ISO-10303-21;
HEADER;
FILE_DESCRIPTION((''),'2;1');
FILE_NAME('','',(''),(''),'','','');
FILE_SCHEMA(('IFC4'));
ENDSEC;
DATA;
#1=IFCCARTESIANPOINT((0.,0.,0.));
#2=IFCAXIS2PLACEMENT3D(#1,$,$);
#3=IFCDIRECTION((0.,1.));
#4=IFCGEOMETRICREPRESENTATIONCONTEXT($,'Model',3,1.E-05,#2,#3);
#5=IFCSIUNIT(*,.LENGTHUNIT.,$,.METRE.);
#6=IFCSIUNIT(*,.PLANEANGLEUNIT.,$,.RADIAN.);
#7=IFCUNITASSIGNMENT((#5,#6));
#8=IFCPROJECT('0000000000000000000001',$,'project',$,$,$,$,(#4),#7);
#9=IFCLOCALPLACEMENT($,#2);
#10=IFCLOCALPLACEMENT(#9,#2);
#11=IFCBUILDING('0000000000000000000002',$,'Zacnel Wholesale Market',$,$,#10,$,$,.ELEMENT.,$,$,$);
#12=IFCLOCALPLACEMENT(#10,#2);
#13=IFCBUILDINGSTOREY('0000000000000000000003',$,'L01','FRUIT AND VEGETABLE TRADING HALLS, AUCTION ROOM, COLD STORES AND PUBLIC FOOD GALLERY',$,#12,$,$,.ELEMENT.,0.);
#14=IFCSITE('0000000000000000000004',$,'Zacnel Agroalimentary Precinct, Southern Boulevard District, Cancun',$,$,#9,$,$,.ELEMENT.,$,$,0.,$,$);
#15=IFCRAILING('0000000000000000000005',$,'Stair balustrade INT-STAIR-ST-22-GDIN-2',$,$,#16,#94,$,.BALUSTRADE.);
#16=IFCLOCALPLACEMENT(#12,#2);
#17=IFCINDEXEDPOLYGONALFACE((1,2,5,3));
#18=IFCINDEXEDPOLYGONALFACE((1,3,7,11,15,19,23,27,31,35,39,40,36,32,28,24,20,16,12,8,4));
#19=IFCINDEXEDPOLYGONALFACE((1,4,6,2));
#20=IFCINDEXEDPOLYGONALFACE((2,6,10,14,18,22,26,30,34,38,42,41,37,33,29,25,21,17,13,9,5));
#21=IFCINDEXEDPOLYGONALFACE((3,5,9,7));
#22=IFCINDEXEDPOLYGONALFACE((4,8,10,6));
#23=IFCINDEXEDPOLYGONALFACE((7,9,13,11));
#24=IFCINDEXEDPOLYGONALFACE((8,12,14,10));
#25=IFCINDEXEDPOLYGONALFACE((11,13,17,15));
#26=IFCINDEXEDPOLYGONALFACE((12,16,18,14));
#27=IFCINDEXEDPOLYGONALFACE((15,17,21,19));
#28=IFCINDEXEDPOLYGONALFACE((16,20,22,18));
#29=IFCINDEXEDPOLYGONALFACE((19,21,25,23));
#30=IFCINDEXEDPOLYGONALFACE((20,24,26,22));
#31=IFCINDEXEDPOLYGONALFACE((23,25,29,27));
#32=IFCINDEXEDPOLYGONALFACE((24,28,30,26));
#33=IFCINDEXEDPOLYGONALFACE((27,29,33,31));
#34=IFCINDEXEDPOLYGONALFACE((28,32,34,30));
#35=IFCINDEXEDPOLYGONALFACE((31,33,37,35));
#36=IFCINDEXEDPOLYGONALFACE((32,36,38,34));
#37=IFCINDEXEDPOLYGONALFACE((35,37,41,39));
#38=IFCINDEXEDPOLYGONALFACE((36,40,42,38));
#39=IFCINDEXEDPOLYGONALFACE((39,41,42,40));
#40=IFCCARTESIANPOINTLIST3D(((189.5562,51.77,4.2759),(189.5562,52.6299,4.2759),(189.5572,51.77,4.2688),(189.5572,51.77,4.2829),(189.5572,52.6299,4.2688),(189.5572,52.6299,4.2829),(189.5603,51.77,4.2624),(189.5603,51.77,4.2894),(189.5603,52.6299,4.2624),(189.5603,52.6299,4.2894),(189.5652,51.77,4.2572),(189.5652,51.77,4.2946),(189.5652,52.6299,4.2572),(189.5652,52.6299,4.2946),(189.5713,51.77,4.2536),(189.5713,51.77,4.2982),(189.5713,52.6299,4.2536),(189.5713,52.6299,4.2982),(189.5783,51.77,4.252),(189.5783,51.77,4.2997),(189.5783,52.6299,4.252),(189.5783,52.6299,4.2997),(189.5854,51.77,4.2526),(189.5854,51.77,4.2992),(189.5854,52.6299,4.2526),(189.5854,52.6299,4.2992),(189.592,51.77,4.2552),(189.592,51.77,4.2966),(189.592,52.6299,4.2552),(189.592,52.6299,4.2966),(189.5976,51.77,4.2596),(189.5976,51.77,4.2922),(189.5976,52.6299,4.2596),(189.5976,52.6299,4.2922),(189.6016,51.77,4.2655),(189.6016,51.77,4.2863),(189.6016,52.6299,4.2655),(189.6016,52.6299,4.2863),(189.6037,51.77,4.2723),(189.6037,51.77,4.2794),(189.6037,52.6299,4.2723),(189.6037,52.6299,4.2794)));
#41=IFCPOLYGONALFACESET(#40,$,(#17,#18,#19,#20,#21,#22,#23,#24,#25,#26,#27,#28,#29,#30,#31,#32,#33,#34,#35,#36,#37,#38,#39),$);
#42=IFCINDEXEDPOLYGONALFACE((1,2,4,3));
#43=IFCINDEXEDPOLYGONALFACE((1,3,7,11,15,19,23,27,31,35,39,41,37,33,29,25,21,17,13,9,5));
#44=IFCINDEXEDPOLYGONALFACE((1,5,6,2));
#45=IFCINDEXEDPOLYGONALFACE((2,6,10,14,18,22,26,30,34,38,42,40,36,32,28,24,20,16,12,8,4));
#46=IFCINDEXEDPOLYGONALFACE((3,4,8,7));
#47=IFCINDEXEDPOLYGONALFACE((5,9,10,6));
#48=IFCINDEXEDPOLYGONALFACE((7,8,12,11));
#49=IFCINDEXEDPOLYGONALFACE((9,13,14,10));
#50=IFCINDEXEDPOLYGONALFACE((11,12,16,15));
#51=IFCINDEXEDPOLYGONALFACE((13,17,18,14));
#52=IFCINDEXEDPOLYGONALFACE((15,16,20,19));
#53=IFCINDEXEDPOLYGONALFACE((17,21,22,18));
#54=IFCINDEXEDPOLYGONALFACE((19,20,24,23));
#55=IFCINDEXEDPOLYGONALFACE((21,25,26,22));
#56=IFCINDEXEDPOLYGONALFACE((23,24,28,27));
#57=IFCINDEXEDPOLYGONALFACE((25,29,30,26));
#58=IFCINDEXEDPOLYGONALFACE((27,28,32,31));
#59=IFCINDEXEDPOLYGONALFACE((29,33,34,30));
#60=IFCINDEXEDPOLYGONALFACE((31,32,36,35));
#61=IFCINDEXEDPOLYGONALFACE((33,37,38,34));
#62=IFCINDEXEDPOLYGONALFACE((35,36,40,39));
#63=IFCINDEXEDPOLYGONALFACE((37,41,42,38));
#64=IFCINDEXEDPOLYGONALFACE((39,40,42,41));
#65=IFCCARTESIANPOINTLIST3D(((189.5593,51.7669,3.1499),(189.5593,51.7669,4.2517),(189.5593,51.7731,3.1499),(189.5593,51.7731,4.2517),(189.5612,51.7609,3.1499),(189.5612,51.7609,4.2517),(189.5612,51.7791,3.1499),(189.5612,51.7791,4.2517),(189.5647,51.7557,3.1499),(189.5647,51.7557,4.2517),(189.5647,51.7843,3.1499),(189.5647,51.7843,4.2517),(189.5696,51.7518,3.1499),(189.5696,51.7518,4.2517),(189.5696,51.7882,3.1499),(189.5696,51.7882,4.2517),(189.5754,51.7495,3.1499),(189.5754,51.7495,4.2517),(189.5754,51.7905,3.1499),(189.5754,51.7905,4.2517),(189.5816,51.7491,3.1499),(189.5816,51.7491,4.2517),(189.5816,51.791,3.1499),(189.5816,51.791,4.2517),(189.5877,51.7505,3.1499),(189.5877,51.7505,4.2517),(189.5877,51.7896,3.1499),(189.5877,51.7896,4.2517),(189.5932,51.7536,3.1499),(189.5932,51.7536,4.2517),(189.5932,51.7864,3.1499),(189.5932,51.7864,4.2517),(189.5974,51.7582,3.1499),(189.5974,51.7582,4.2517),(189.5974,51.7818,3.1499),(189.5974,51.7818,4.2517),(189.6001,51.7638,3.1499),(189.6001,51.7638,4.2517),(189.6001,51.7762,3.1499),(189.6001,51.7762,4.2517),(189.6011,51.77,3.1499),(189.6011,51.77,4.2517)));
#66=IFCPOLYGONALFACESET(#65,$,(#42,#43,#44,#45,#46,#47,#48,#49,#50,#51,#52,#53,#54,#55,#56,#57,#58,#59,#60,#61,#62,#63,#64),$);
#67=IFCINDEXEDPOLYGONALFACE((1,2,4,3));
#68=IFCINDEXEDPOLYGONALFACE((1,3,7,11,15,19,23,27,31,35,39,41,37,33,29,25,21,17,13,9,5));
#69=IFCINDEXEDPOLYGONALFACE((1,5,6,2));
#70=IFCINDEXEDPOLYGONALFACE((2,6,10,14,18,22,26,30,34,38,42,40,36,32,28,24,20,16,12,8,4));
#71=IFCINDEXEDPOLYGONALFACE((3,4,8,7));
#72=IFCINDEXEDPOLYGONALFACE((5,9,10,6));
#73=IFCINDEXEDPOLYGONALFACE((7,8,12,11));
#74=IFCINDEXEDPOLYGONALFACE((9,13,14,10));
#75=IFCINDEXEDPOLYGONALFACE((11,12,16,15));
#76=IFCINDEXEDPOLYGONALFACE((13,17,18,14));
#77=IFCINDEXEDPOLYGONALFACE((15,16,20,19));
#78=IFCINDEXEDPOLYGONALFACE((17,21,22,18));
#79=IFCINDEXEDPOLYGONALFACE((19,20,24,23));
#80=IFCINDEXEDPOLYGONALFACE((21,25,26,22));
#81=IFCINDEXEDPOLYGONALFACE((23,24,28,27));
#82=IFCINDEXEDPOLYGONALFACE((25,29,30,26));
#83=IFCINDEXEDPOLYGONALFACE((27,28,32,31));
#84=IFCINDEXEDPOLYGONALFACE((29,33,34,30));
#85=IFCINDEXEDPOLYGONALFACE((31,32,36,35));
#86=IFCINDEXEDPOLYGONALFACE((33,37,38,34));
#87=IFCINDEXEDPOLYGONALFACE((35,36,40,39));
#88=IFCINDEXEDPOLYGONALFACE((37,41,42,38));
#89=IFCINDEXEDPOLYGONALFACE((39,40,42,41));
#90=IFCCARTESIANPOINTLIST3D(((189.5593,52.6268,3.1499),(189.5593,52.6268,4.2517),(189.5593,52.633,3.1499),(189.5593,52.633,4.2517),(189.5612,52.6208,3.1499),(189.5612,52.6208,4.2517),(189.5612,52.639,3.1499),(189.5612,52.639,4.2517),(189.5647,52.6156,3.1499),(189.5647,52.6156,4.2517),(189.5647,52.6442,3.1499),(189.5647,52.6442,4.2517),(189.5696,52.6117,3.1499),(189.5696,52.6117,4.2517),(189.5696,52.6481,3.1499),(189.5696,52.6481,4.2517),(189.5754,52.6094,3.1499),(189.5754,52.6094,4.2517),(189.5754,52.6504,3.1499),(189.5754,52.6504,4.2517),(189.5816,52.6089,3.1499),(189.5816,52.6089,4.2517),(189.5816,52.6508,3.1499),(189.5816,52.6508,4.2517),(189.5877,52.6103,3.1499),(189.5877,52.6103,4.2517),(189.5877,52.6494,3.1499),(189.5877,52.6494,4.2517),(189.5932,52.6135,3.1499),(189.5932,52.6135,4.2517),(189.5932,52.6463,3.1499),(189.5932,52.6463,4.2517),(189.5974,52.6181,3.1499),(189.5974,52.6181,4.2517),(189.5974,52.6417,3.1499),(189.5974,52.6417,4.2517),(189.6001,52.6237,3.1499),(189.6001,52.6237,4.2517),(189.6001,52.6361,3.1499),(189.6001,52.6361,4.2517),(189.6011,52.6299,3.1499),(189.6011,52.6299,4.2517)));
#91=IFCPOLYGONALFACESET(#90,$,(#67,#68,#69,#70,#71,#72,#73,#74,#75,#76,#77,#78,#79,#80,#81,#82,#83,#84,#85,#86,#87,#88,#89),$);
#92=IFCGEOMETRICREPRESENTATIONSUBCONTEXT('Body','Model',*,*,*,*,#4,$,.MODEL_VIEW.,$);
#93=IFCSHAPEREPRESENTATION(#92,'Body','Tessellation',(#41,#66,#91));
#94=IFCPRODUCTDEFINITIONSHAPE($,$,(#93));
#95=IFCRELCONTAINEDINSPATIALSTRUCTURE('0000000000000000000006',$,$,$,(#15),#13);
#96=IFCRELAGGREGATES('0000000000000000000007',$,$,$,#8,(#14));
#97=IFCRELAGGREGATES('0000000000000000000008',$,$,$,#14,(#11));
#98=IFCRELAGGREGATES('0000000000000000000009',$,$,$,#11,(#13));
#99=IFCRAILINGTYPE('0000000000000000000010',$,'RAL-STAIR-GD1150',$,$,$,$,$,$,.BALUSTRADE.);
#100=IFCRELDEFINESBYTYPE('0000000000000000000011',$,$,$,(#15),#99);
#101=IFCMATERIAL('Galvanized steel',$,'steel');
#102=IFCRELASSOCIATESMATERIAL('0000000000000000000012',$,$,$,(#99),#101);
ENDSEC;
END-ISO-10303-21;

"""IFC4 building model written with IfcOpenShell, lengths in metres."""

from ifc_helpers import new_model, si_unit, direction, frame, origin, origin_2d, place, context, subcontext, project, spatial, circle, extrude, material, type_object, element, save


model = new_model("IFC4")

# Units and contexts
model_context = context("Model", 3, precision=1e-05, world=origin(), true_north=direction((0.0, 1.0)))
body_context = subcontext(model_context, "Body", "Model", "MODEL_VIEW")
ifc_project = project(units=[si_unit("LENGTHUNIT", "METRE"), si_unit("PLANEANGLEUNIT", "RADIAN")], contexts=[model_context])

# Site, building, storey
site_placement = place(None, origin())
site = spatial("IfcSite", under=ifc_project, at=site_placement, Name="Zacnel Agroalimentary Precinct, Southern Boulevard District, Cancun", CompositionType="ELEMENT", RefElevation=0.0)
building_placement = place(site_placement, origin())
building = spatial("IfcBuilding", under=site, at=building_placement, Name="Zacnel Wholesale Market", CompositionType="ELEMENT")
storey_placement = place(building_placement, origin())
storey = spatial("IfcBuildingStorey", under=building, at=storey_placement, Name="L01", Description="FRUIT AND VEGETABLE TRADING HALLS, AUCTION ROOM, COLD STORES AND PUBLIC FOOD GALLERY", CompositionType="ELEMENT", Elevation=0.0)

# Railing
ifc_material_1 = material(Name="Galvanized steel", Category="steel")
railing_type_1 = type_object("IfcRailingType", Name="RAL-STAIR-GD1150", PredefinedType="BALUSTRADE", material=ifc_material_1)
railing_1_placement = place(storey_placement, frame((189.5801, 51.77, 3.1499)))
element("IfcRailing", 1, at=railing_1_placement, inside=storey, type_object=railing_type_1, Name="Stair balustrade INT-STAIR-ST-22-GDIN-2", PredefinedType="BALUSTRADE", context=body_context, shape_type="SweptSolid", body=[
    extrude(circle(Radius=0.0239, at=origin_2d()), frame((0.0, 0.0, 1.126), z_axis=(0.0, 1.0, 0.0), x_axis=(-1.0, 0.0, 0.0)), (0.0, 0.0, 1.0), 0.8599),
    extrude(circle(Radius=0.021, at=origin_2d()), origin(), (0.0, 0.0, 1.0), 1.1018),
    extrude(circle(Radius=0.021, at=origin_2d()), frame((0.0, 0.8599, 0.0)), (0.0, 0.0, 1.0), 1.1018),
])

save(model, "model.ifc")
